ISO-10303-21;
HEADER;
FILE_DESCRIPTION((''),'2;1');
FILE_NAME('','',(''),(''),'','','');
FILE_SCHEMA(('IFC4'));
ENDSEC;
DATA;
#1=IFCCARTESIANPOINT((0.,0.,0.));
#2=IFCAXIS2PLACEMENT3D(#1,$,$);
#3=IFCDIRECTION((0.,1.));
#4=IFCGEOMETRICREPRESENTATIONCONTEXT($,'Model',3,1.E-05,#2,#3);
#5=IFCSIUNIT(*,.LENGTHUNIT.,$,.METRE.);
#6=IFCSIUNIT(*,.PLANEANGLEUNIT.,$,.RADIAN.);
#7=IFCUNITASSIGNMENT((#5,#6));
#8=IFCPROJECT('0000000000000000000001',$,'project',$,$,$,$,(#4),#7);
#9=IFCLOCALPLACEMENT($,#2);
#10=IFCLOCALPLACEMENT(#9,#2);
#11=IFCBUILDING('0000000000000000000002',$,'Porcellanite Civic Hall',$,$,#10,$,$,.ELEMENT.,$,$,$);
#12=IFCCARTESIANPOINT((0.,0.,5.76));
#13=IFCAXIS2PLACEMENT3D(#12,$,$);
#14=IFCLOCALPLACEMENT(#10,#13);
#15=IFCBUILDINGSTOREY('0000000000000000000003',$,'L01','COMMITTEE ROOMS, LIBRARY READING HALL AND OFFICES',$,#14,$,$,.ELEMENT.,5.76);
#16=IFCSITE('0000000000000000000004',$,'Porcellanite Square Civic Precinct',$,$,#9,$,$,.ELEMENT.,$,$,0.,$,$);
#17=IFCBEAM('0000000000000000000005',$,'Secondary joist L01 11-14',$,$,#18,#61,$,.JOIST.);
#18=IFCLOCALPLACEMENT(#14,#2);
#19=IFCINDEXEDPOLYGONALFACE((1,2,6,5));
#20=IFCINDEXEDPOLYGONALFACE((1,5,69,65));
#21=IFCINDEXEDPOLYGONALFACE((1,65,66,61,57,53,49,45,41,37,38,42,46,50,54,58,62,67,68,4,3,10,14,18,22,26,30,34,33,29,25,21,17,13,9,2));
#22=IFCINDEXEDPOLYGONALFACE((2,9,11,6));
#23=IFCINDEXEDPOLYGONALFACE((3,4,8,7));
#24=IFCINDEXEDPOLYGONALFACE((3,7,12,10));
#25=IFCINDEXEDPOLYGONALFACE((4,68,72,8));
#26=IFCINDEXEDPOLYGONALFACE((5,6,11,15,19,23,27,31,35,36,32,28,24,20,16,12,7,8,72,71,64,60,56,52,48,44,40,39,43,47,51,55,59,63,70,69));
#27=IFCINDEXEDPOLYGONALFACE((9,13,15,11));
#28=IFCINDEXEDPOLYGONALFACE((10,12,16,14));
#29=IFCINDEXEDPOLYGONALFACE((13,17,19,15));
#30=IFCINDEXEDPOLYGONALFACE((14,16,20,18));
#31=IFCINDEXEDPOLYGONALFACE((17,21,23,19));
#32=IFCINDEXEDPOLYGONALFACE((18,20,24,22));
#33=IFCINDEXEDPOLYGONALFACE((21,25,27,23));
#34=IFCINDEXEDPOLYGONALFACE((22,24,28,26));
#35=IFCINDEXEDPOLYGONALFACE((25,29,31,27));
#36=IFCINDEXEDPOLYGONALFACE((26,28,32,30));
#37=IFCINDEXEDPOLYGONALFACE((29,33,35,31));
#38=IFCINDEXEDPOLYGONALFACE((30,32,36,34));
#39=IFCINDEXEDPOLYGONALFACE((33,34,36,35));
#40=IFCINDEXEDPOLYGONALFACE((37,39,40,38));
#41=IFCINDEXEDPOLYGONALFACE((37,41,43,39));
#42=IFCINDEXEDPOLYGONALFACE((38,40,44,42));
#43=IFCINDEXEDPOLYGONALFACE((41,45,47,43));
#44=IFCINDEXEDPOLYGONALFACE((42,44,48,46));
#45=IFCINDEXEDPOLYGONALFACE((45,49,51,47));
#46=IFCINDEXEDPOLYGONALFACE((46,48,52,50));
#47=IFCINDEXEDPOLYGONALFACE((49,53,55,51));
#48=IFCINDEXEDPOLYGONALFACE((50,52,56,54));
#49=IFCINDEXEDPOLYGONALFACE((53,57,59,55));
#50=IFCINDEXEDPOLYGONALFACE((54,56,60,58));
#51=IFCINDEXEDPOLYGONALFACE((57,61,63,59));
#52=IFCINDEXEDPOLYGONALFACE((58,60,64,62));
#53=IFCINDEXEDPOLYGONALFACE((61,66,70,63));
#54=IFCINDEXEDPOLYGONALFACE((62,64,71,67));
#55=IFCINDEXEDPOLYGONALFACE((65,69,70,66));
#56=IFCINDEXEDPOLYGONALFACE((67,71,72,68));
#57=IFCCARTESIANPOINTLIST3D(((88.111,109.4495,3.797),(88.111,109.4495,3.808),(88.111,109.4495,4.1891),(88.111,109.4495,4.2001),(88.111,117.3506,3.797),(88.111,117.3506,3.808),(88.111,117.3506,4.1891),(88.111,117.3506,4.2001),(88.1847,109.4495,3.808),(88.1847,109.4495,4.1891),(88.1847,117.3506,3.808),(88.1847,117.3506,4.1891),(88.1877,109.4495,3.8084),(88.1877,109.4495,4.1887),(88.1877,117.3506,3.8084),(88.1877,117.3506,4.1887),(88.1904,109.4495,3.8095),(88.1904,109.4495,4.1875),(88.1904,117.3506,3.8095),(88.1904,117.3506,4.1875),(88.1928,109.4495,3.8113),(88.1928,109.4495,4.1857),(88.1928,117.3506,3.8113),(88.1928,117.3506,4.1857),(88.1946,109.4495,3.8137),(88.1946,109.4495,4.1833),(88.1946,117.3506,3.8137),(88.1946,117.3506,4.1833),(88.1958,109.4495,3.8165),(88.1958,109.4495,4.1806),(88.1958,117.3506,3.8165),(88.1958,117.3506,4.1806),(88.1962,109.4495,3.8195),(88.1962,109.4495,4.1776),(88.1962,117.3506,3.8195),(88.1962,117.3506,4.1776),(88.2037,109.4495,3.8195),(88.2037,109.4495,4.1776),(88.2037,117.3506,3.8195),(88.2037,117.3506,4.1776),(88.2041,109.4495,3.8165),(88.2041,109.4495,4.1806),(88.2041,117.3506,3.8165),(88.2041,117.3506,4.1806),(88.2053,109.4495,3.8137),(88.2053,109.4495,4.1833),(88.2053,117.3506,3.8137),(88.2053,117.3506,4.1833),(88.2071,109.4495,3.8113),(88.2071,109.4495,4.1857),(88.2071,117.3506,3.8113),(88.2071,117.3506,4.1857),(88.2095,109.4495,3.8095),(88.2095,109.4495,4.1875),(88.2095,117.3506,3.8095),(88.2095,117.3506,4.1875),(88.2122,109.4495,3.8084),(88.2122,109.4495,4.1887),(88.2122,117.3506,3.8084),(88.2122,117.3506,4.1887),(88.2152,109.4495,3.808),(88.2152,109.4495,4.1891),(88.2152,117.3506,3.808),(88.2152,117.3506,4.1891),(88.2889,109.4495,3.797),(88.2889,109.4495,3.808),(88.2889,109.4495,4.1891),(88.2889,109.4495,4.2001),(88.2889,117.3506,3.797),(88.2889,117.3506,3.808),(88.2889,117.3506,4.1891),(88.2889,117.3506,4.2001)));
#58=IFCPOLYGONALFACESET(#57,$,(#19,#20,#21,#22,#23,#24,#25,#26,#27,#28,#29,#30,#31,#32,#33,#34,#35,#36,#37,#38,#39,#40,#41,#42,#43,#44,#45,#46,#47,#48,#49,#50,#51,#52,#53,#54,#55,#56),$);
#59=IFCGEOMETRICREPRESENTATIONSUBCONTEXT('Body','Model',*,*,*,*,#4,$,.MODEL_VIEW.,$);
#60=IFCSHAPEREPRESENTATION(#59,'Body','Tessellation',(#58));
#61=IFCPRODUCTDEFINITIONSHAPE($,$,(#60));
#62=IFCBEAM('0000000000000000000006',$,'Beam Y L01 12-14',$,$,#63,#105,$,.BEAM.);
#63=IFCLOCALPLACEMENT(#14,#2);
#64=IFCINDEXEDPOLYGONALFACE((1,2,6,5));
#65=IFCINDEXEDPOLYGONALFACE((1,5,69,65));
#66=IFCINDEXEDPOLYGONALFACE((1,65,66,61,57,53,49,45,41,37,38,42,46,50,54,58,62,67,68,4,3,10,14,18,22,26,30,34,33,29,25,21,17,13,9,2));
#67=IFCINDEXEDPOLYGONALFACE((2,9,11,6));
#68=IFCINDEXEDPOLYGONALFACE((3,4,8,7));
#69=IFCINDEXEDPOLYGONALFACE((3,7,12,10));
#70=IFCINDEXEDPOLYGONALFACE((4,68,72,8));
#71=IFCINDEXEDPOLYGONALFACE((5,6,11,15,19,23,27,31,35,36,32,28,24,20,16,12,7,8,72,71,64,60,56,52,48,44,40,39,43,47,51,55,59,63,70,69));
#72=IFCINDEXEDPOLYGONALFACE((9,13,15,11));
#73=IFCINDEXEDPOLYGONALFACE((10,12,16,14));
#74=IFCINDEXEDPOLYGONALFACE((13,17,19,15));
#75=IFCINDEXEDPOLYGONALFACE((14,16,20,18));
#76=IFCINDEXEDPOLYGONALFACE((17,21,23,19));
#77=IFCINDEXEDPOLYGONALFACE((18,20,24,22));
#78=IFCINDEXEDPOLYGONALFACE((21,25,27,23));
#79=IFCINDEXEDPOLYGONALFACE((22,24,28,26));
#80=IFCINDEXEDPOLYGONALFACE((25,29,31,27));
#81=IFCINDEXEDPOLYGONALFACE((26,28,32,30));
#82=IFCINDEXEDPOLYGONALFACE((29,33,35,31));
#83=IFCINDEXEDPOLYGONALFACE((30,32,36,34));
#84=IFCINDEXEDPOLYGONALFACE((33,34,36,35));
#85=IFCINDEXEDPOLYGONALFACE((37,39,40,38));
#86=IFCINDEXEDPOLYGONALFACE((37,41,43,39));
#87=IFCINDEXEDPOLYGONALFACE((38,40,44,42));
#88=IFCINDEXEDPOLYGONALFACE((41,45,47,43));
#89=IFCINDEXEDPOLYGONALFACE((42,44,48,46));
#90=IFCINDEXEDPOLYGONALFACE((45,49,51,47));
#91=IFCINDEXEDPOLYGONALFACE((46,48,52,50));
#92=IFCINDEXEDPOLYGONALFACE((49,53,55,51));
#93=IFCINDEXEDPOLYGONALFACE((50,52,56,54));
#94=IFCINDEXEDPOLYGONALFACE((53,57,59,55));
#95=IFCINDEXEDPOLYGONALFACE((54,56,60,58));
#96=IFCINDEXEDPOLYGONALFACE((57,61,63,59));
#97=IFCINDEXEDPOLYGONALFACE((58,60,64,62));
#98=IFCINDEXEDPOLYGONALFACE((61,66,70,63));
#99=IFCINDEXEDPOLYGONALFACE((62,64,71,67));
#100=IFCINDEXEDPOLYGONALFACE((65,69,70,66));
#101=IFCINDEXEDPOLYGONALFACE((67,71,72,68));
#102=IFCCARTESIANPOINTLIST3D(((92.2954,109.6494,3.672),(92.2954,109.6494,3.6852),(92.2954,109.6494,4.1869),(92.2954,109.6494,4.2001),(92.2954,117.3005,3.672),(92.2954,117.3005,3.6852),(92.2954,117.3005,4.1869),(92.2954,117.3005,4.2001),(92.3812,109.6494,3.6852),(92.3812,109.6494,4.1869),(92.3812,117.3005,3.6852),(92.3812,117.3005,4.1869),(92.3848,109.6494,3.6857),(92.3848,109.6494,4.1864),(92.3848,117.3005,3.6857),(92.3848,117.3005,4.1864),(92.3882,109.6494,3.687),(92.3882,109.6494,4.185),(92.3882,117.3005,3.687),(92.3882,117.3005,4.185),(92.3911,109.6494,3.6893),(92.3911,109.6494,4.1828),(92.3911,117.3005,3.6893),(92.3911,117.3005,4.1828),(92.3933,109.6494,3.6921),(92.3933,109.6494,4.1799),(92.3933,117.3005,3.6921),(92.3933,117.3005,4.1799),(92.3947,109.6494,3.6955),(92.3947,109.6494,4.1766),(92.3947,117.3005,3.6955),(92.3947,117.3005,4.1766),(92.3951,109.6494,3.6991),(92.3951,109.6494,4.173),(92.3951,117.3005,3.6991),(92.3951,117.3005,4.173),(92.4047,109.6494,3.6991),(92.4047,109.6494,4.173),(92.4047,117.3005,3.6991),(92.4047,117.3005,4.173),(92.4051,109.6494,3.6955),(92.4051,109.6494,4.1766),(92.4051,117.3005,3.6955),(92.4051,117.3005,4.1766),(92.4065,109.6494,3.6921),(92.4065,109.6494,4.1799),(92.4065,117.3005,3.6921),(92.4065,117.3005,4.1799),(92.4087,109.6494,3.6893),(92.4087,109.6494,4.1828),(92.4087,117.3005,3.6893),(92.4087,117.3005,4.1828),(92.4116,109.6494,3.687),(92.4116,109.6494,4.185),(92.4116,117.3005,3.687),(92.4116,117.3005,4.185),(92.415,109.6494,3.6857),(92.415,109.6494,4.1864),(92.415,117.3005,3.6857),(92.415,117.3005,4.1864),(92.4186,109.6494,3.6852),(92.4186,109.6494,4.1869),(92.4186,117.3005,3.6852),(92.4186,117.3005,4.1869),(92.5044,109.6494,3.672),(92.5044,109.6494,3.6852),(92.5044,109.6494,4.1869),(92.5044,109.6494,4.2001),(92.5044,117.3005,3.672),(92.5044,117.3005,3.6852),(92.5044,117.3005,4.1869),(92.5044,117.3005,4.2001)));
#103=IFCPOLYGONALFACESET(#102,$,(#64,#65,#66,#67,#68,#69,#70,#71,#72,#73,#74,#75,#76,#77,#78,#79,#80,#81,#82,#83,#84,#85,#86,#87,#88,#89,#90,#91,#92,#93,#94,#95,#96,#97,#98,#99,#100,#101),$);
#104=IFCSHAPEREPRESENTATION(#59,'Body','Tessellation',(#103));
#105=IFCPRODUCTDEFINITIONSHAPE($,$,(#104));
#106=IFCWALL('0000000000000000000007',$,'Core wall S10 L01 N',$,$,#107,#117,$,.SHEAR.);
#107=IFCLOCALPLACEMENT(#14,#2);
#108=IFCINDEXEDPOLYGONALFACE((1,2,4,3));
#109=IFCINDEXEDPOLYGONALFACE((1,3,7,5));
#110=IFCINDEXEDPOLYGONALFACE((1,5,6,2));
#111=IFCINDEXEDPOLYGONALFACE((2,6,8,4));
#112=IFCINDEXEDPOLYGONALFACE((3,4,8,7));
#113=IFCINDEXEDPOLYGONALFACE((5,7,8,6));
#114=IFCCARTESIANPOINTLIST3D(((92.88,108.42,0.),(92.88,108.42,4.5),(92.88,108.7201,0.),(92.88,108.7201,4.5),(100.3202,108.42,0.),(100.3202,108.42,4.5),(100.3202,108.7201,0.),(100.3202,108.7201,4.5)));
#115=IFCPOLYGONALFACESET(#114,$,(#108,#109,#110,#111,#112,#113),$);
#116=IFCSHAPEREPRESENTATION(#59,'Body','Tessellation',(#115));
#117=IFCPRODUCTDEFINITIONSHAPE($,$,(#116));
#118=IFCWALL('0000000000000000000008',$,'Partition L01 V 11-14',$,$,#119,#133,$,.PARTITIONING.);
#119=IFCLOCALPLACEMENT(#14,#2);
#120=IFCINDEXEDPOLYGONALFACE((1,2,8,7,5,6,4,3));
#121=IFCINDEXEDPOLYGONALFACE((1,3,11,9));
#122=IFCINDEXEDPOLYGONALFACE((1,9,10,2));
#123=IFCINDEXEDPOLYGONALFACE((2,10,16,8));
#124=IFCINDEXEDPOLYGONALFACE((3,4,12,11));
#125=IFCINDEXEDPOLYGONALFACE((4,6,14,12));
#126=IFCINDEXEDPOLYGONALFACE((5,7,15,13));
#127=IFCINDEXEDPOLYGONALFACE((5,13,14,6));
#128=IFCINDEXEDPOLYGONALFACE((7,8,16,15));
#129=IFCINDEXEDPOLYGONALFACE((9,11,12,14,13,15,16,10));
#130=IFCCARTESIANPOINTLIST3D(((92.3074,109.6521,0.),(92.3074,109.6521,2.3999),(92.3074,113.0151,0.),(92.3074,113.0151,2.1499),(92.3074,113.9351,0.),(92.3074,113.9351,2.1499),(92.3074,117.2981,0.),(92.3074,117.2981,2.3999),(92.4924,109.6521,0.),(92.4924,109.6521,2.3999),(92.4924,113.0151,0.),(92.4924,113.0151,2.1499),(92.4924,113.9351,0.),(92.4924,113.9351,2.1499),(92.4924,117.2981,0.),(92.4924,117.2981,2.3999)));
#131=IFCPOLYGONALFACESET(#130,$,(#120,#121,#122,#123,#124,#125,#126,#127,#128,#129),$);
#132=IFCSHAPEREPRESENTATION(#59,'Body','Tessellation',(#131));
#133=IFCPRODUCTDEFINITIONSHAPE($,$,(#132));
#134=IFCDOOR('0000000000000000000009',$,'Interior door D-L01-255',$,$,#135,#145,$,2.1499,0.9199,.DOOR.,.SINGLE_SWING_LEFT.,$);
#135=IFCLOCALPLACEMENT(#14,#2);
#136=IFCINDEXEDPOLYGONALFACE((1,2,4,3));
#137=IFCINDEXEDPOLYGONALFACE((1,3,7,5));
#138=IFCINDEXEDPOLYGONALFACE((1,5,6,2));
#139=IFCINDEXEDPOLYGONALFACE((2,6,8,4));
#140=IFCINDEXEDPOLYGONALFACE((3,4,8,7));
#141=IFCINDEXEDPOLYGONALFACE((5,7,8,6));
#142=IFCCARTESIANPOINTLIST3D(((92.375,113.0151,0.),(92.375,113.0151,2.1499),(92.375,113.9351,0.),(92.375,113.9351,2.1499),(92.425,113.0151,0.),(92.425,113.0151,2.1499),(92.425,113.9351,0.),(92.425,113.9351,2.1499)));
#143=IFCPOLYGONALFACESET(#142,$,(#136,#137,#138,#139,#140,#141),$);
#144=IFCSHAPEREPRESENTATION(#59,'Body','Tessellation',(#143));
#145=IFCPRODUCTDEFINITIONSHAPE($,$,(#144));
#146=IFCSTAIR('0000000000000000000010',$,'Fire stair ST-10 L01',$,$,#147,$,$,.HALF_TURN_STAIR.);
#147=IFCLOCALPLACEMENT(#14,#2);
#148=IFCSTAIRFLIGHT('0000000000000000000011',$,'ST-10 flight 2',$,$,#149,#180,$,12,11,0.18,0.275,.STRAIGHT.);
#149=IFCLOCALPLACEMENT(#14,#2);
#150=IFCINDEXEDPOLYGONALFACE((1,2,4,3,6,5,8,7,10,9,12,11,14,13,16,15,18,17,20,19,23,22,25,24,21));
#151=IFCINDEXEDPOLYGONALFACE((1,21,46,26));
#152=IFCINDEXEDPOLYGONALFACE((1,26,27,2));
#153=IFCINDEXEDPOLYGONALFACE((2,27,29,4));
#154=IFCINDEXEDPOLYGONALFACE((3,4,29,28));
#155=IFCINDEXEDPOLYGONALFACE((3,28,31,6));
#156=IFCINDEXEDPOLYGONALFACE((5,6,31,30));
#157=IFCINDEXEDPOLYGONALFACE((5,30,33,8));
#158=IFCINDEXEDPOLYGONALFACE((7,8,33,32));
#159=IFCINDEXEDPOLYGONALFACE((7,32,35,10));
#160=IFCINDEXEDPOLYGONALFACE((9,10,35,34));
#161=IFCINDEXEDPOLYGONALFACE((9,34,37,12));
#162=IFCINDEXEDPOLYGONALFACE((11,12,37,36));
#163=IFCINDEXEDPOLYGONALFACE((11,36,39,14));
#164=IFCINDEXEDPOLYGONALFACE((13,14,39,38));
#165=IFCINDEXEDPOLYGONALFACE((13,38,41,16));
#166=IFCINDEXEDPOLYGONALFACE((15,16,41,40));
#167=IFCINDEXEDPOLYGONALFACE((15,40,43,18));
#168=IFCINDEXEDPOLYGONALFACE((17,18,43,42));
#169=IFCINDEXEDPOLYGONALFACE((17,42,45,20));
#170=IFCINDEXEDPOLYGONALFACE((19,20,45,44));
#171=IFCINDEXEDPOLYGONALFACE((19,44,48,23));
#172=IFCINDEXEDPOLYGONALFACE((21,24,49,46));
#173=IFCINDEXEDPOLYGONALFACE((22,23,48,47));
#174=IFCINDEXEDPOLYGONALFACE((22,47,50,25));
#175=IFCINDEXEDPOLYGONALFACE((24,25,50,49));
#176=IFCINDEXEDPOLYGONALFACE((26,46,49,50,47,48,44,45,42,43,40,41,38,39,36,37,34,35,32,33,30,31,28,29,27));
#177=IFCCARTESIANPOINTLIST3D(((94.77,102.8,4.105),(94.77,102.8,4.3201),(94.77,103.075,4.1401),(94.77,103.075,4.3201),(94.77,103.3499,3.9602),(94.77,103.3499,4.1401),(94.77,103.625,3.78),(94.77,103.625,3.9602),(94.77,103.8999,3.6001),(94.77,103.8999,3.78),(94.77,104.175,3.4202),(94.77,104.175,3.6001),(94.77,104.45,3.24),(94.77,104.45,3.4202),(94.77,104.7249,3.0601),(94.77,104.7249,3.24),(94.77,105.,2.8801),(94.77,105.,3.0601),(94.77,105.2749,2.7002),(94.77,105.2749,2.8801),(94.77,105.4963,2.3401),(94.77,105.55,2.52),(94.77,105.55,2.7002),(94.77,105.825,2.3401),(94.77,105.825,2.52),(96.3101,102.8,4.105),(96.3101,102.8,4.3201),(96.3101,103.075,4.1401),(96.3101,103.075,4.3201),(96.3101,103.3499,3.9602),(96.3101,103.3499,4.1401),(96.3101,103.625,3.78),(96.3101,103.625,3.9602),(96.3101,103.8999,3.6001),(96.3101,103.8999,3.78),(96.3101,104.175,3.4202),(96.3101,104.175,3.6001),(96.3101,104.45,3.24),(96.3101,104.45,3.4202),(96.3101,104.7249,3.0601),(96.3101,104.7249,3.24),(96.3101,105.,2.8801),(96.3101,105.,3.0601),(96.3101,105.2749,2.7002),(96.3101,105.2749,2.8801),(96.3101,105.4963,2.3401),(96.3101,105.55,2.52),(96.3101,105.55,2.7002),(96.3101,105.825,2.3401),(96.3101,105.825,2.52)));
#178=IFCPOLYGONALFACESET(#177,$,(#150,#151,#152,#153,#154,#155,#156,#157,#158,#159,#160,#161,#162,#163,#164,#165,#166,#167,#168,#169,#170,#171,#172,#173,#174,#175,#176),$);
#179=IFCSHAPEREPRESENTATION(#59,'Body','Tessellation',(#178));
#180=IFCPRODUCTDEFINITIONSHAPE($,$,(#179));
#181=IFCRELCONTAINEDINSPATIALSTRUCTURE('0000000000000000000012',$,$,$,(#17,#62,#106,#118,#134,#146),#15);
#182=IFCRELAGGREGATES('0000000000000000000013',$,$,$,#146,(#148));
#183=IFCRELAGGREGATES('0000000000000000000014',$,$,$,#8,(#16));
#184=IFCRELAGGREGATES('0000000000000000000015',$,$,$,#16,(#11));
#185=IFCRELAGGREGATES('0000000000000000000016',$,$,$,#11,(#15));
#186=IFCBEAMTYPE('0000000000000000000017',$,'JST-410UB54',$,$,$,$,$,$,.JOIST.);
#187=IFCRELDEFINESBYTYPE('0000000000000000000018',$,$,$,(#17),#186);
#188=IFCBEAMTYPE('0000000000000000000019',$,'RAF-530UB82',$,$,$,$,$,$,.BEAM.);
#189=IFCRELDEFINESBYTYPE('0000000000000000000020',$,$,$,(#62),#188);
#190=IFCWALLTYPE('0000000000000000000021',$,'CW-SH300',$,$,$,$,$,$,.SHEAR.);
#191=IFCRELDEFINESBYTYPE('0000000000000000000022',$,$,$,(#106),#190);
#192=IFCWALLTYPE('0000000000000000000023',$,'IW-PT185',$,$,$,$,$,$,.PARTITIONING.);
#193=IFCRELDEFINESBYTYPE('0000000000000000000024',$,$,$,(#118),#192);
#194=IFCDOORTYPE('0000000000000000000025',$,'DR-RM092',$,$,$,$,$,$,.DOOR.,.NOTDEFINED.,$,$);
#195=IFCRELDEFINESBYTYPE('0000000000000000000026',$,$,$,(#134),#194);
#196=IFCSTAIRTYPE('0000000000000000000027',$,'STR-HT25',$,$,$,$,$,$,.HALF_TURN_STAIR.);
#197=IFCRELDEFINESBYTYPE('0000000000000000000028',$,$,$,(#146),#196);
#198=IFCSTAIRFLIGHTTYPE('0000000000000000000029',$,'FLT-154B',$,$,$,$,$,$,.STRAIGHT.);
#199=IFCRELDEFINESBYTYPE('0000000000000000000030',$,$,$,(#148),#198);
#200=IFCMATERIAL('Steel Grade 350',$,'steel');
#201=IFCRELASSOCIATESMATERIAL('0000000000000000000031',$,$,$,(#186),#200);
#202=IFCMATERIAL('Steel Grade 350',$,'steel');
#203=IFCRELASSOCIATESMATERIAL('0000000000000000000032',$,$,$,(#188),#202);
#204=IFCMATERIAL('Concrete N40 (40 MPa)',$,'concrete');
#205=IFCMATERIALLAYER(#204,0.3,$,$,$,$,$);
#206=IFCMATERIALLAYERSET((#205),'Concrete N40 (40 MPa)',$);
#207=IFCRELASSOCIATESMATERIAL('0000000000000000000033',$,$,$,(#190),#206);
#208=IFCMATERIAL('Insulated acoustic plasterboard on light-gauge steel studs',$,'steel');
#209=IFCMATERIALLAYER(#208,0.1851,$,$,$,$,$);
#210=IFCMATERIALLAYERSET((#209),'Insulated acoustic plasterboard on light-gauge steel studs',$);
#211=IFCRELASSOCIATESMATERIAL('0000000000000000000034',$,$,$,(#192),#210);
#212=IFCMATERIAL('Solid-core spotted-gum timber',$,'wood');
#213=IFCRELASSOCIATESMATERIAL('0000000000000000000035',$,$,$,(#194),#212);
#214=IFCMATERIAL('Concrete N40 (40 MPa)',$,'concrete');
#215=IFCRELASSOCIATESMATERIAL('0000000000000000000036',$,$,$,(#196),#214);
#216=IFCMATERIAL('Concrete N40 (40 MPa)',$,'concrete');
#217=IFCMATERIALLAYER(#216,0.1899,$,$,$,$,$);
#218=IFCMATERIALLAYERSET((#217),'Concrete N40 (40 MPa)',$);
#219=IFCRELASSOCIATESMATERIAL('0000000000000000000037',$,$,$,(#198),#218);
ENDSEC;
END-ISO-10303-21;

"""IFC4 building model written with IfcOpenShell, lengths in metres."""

from ifc_helpers import new_model, si_unit, direction, frame, frame_2d, origin, origin_2d, place, context, subcontext, project, spatial, polyline, rectangle, i_section, outline, extrude, material, layer, layer_set, material_profile, profile_set, type_object, element, fill, aggregate, save


model = new_model("IFC4")

# Units and contexts
model_context = context("Model", 3, precision=1e-05, world=origin(), true_north=direction((0.0, 1.0)))
body_context = subcontext(model_context, "Body", "Model", "MODEL_VIEW")
ifc_project = project(units=[si_unit("LENGTHUNIT", "METRE"), si_unit("PLANEANGLEUNIT", "RADIAN")], contexts=[model_context])

# Site, building, storey
site_placement = place(None, origin())
site = spatial("IfcSite", under=ifc_project, at=site_placement, Name="Porcellanite Square Civic Precinct", CompositionType="ELEMENT", RefElevation=0.0)
building_placement = place(site_placement, origin())
building = spatial("IfcBuilding", under=site, at=building_placement, Name="Porcellanite Civic Hall", CompositionType="ELEMENT")
storey_placement = place(building_placement, frame((0.0, 0.0, 5.76)))
storey = spatial("IfcBuildingStorey", under=building, at=storey_placement, Name="L01", Description="COMMITTEE ROOMS, LIBRARY READING HALL AND OFFICES", CompositionType="ELEMENT", Elevation=5.76)

# Beams
ifc_material_1 = material(Name="Steel Grade 350", Category="steel")
ifc_material_profile_1 = material_profile(ifc_material_1, i_section(OverallWidth=0.178, OverallDepth=0.4031, WebThickness=0.0076, FlangeThickness=0.011, FilletRadius=0.0115, at=origin_2d()), Name="410UB53.7")
ifc_profile_set_1 = profile_set([ifc_material_profile_1], Name="Steel Grade 350")
beam_type_1 = type_object("IfcBeamType", Name="JST-410UB54", PredefinedType="JOIST", material=ifc_profile_set_1)
beam_1_placement = place(storey_placement, frame((88.2, 109.4495, 3.9985), z_axis=(0.0, 1.0, 0.0), x_axis=(-1.0, 0.0, 0.0)))
element("IfcBeam", 1, at=beam_1_placement, inside=storey, type_object=beam_type_1, Name="Secondary joist L01 11-14", PredefinedType="JOIST", context=body_context, shape_type="SweptSolid", body=[
    extrude(i_section(OverallWidth=0.178, OverallDepth=0.4031, WebThickness=0.0076, FlangeThickness=0.011, FilletRadius=0.0115, at=origin_2d()), origin(), (0.0, 0.0, 1.0), 7.9011),
])
ifc_material_2 = material(Name="Steel Grade 350", Category="steel")
ifc_material_profile_2 = material_profile(ifc_material_2, i_section(OverallWidth=0.209, OverallDepth=0.5281, WebThickness=0.0095, FlangeThickness=0.0132, FilletRadius=0.0139, at=origin_2d()), Name="530UB82.0")
ifc_profile_set_2 = profile_set([ifc_material_profile_2], Name="Steel Grade 350")
beam_type_2 = type_object("IfcBeamType", Name="RAF-530UB82", PredefinedType="BEAM", material=ifc_profile_set_2)
beam_2_placement = place(storey_placement, frame((92.3999, 109.6494, 3.936), z_axis=(0.0, 1.0, 0.0), x_axis=(-1.0, 0.0, 0.0)))
element("IfcBeam", 2, at=beam_2_placement, inside=storey, type_object=beam_type_2, Name="Beam Y L01 12-14", PredefinedType="BEAM", context=body_context, shape_type="SweptSolid", body=[
    extrude(i_section(OverallWidth=0.209, OverallDepth=0.5281, WebThickness=0.0095, FlangeThickness=0.0132, FilletRadius=0.0139, at=origin_2d()), origin(), (0.0, 0.0, 1.0), 7.6511),
])

# Wall
ifc_material_3 = material(Name="Concrete N40 (40 MPa)", Category="concrete")
ifc_layer_1 = layer(ifc_material_3, 0.3)
ifc_layer_set_1 = layer_set([ifc_layer_1], Name="Concrete N40 (40 MPa)")
wall_type_1 = type_object("IfcWallType", Name="CW-SH300", PredefinedType="SHEAR", material=ifc_layer_set_1)
wall_1_placement = place(storey_placement, frame((92.8799, 108.5701, 0.0), z_axis=(0.0, 0.0, 1.0), x_axis=(1.0, 0.0, 0.0)))
element("IfcWall", 3, at=wall_1_placement, inside=storey, type_object=wall_type_1, Name="Core wall S10 L01 N", PredefinedType="SHEAR", context=body_context, shape_type="SweptSolid", body=[
    extrude(rectangle(XDim=7.4402, YDim=0.3, at=frame_2d((3.7202, 0.0))), origin(), (0.0, 0.0, 1.0), 4.5),
])

# Wall, opening, door
ifc_material_4 = material(Name="Insulated acoustic plasterboard on light-gauge steel studs", Category="steel")
ifc_layer_2 = layer(ifc_material_4, 0.1851)
ifc_layer_set_2 = layer_set([ifc_layer_2], Name="Insulated acoustic plasterboard on light-gauge steel studs")
wall_type_2 = type_object("IfcWallType", Name="IW-PT185", PredefinedType="PARTITIONING", material=ifc_layer_set_2)
wall_2_placement = place(storey_placement, frame((92.3999, 109.6521, 0.0), z_axis=(0.0, 0.0, 1.0), x_axis=(0.0, 1.0, 0.0)))
wall_2 = element("IfcWall", 4, at=wall_2_placement, inside=storey, type_object=wall_type_2, Name="Partition L01 V 11-14", PredefinedType="PARTITIONING", context=body_context, shape_type="SweptSolid", body=[
    extrude(rectangle(XDim=7.646, YDim=0.1851, at=frame_2d((3.823, 0.0))), origin(), (0.0, 0.0, 1.0), 2.3999),
])
opening_1_placement = place(wall_2_placement, frame((3.363, 0.0, 0.0)))
opening_1 = element("IfcOpeningElement", 5, at=opening_1_placement, cuts=wall_2, PredefinedType="OPENING", context=body_context, shape_type="SweptSolid", body=[
    extrude(rectangle(XDim=0.9199, YDim=2.1499, at=frame_2d((0.46, 1.075))), frame((0.0, 0.0925, 0.0), z_axis=(0.0, -1.0, 0.0), x_axis=(1.0, 0.0, 0.0)), (0.0, 0.0, 1.0), 0.1851),
])
ifc_material_5 = material(Name="Solid-core spotted-gum timber", Category="wood")
door_type_1 = type_object("IfcDoorType", Name="DR-RM092", OperationType="NOTDEFINED", PredefinedType="DOOR", material=ifc_material_5)
door_1_placement = place(opening_1_placement, origin())
door_1 = element("IfcDoor", 6, at=door_1_placement, inside=storey, type_object=door_type_1, Name="Interior door D-L01-255", OperationType="SINGLE_SWING_LEFT", OverallHeight=2.1499, OverallWidth=0.9199, PredefinedType="DOOR", context=body_context, shape_type="SweptSolid", body=[
    extrude(rectangle(XDim=0.9199, YDim=2.1499, at=frame_2d((0.46, 1.075))), frame((0.0, 0.0249, 0.0), z_axis=(0.0, -1.0, 0.0), x_axis=(1.0, 0.0, 0.0)), (0.0, 0.0, 1.0), 0.05),
])
fill(opening_1, door_1)

# Stair, stair flight
ifc_material_6 = material(Name="Concrete N40 (40 MPa)", Category="concrete")
stair_type = type_object("IfcStairType", Name="STR-HT25", PredefinedType="HALF_TURN_STAIR", material=ifc_material_6)
stair_placement = place(storey_placement, origin())
stair = element("IfcStair", 7, at=stair_placement, inside=storey, type_object=stair_type, Name="Fire stair ST-10 L01", PredefinedType="HALF_TURN_STAIR")
ifc_material_7 = material(Name="Concrete N40 (40 MPa)", Category="concrete")
ifc_layer_3 = layer(ifc_material_7, 0.1899)
ifc_layer_set_3 = layer_set([ifc_layer_3], Name="Concrete N40 (40 MPa)")
stair_flight_type = type_object("IfcStairFlightType", Name="FLT-154B", PredefinedType="STRAIGHT", material=ifc_layer_set_3)
stair_flight_placement = place(storey_placement, frame((95.54, 105.825, 2.3401), z_axis=(0.0, 0.0, 1.0), x_axis=(0.0, -1.0, 0.0)))
stair_flight = element("IfcStairFlight", 8, at=stair_flight_placement, type_object=stair_flight_type, Name="ST-10 flight 2", NumberOfRisers=12, NumberOfTreads=11, PredefinedType="STRAIGHT", RiserHeight=0.18, TreadLength=0.275, context=body_context, shape_type="SweptSolid", body=[
    extrude(outline(polyline([(0.0, 0.0), (0.0, 0.1799), (0.2749, 0.1799), (0.2749, 0.3601), (0.55, 0.3601), (0.55, 0.54), (0.825, 0.54), (0.825, 0.72), (1.1001, 0.72), (1.1001, 0.8999), (1.375, 0.8999), (1.375, 1.0801), (1.6499, 1.0801), (1.6499, 1.26), (1.925, 1.26), (1.925, 1.4399), (2.2, 1.4399), (2.2, 1.6201), (2.4751, 1.6201), (2.4751, 1.8), (2.75, 1.8), (2.75, 1.98), (3.0249, 1.98), (3.0249, 2.1599), (3.0249, 1.7649), (0.3286, 0.0), (0.0, 0.0)])), frame((0.0, 0.77, 0.0), z_axis=(0.0, -1.0, 0.0), x_axis=(1.0, 0.0, 0.0)), (0.0, 0.0, 1.0), 1.54),
])
aggregate(stair, [stair_flight])

save(model, "model.ifc")
